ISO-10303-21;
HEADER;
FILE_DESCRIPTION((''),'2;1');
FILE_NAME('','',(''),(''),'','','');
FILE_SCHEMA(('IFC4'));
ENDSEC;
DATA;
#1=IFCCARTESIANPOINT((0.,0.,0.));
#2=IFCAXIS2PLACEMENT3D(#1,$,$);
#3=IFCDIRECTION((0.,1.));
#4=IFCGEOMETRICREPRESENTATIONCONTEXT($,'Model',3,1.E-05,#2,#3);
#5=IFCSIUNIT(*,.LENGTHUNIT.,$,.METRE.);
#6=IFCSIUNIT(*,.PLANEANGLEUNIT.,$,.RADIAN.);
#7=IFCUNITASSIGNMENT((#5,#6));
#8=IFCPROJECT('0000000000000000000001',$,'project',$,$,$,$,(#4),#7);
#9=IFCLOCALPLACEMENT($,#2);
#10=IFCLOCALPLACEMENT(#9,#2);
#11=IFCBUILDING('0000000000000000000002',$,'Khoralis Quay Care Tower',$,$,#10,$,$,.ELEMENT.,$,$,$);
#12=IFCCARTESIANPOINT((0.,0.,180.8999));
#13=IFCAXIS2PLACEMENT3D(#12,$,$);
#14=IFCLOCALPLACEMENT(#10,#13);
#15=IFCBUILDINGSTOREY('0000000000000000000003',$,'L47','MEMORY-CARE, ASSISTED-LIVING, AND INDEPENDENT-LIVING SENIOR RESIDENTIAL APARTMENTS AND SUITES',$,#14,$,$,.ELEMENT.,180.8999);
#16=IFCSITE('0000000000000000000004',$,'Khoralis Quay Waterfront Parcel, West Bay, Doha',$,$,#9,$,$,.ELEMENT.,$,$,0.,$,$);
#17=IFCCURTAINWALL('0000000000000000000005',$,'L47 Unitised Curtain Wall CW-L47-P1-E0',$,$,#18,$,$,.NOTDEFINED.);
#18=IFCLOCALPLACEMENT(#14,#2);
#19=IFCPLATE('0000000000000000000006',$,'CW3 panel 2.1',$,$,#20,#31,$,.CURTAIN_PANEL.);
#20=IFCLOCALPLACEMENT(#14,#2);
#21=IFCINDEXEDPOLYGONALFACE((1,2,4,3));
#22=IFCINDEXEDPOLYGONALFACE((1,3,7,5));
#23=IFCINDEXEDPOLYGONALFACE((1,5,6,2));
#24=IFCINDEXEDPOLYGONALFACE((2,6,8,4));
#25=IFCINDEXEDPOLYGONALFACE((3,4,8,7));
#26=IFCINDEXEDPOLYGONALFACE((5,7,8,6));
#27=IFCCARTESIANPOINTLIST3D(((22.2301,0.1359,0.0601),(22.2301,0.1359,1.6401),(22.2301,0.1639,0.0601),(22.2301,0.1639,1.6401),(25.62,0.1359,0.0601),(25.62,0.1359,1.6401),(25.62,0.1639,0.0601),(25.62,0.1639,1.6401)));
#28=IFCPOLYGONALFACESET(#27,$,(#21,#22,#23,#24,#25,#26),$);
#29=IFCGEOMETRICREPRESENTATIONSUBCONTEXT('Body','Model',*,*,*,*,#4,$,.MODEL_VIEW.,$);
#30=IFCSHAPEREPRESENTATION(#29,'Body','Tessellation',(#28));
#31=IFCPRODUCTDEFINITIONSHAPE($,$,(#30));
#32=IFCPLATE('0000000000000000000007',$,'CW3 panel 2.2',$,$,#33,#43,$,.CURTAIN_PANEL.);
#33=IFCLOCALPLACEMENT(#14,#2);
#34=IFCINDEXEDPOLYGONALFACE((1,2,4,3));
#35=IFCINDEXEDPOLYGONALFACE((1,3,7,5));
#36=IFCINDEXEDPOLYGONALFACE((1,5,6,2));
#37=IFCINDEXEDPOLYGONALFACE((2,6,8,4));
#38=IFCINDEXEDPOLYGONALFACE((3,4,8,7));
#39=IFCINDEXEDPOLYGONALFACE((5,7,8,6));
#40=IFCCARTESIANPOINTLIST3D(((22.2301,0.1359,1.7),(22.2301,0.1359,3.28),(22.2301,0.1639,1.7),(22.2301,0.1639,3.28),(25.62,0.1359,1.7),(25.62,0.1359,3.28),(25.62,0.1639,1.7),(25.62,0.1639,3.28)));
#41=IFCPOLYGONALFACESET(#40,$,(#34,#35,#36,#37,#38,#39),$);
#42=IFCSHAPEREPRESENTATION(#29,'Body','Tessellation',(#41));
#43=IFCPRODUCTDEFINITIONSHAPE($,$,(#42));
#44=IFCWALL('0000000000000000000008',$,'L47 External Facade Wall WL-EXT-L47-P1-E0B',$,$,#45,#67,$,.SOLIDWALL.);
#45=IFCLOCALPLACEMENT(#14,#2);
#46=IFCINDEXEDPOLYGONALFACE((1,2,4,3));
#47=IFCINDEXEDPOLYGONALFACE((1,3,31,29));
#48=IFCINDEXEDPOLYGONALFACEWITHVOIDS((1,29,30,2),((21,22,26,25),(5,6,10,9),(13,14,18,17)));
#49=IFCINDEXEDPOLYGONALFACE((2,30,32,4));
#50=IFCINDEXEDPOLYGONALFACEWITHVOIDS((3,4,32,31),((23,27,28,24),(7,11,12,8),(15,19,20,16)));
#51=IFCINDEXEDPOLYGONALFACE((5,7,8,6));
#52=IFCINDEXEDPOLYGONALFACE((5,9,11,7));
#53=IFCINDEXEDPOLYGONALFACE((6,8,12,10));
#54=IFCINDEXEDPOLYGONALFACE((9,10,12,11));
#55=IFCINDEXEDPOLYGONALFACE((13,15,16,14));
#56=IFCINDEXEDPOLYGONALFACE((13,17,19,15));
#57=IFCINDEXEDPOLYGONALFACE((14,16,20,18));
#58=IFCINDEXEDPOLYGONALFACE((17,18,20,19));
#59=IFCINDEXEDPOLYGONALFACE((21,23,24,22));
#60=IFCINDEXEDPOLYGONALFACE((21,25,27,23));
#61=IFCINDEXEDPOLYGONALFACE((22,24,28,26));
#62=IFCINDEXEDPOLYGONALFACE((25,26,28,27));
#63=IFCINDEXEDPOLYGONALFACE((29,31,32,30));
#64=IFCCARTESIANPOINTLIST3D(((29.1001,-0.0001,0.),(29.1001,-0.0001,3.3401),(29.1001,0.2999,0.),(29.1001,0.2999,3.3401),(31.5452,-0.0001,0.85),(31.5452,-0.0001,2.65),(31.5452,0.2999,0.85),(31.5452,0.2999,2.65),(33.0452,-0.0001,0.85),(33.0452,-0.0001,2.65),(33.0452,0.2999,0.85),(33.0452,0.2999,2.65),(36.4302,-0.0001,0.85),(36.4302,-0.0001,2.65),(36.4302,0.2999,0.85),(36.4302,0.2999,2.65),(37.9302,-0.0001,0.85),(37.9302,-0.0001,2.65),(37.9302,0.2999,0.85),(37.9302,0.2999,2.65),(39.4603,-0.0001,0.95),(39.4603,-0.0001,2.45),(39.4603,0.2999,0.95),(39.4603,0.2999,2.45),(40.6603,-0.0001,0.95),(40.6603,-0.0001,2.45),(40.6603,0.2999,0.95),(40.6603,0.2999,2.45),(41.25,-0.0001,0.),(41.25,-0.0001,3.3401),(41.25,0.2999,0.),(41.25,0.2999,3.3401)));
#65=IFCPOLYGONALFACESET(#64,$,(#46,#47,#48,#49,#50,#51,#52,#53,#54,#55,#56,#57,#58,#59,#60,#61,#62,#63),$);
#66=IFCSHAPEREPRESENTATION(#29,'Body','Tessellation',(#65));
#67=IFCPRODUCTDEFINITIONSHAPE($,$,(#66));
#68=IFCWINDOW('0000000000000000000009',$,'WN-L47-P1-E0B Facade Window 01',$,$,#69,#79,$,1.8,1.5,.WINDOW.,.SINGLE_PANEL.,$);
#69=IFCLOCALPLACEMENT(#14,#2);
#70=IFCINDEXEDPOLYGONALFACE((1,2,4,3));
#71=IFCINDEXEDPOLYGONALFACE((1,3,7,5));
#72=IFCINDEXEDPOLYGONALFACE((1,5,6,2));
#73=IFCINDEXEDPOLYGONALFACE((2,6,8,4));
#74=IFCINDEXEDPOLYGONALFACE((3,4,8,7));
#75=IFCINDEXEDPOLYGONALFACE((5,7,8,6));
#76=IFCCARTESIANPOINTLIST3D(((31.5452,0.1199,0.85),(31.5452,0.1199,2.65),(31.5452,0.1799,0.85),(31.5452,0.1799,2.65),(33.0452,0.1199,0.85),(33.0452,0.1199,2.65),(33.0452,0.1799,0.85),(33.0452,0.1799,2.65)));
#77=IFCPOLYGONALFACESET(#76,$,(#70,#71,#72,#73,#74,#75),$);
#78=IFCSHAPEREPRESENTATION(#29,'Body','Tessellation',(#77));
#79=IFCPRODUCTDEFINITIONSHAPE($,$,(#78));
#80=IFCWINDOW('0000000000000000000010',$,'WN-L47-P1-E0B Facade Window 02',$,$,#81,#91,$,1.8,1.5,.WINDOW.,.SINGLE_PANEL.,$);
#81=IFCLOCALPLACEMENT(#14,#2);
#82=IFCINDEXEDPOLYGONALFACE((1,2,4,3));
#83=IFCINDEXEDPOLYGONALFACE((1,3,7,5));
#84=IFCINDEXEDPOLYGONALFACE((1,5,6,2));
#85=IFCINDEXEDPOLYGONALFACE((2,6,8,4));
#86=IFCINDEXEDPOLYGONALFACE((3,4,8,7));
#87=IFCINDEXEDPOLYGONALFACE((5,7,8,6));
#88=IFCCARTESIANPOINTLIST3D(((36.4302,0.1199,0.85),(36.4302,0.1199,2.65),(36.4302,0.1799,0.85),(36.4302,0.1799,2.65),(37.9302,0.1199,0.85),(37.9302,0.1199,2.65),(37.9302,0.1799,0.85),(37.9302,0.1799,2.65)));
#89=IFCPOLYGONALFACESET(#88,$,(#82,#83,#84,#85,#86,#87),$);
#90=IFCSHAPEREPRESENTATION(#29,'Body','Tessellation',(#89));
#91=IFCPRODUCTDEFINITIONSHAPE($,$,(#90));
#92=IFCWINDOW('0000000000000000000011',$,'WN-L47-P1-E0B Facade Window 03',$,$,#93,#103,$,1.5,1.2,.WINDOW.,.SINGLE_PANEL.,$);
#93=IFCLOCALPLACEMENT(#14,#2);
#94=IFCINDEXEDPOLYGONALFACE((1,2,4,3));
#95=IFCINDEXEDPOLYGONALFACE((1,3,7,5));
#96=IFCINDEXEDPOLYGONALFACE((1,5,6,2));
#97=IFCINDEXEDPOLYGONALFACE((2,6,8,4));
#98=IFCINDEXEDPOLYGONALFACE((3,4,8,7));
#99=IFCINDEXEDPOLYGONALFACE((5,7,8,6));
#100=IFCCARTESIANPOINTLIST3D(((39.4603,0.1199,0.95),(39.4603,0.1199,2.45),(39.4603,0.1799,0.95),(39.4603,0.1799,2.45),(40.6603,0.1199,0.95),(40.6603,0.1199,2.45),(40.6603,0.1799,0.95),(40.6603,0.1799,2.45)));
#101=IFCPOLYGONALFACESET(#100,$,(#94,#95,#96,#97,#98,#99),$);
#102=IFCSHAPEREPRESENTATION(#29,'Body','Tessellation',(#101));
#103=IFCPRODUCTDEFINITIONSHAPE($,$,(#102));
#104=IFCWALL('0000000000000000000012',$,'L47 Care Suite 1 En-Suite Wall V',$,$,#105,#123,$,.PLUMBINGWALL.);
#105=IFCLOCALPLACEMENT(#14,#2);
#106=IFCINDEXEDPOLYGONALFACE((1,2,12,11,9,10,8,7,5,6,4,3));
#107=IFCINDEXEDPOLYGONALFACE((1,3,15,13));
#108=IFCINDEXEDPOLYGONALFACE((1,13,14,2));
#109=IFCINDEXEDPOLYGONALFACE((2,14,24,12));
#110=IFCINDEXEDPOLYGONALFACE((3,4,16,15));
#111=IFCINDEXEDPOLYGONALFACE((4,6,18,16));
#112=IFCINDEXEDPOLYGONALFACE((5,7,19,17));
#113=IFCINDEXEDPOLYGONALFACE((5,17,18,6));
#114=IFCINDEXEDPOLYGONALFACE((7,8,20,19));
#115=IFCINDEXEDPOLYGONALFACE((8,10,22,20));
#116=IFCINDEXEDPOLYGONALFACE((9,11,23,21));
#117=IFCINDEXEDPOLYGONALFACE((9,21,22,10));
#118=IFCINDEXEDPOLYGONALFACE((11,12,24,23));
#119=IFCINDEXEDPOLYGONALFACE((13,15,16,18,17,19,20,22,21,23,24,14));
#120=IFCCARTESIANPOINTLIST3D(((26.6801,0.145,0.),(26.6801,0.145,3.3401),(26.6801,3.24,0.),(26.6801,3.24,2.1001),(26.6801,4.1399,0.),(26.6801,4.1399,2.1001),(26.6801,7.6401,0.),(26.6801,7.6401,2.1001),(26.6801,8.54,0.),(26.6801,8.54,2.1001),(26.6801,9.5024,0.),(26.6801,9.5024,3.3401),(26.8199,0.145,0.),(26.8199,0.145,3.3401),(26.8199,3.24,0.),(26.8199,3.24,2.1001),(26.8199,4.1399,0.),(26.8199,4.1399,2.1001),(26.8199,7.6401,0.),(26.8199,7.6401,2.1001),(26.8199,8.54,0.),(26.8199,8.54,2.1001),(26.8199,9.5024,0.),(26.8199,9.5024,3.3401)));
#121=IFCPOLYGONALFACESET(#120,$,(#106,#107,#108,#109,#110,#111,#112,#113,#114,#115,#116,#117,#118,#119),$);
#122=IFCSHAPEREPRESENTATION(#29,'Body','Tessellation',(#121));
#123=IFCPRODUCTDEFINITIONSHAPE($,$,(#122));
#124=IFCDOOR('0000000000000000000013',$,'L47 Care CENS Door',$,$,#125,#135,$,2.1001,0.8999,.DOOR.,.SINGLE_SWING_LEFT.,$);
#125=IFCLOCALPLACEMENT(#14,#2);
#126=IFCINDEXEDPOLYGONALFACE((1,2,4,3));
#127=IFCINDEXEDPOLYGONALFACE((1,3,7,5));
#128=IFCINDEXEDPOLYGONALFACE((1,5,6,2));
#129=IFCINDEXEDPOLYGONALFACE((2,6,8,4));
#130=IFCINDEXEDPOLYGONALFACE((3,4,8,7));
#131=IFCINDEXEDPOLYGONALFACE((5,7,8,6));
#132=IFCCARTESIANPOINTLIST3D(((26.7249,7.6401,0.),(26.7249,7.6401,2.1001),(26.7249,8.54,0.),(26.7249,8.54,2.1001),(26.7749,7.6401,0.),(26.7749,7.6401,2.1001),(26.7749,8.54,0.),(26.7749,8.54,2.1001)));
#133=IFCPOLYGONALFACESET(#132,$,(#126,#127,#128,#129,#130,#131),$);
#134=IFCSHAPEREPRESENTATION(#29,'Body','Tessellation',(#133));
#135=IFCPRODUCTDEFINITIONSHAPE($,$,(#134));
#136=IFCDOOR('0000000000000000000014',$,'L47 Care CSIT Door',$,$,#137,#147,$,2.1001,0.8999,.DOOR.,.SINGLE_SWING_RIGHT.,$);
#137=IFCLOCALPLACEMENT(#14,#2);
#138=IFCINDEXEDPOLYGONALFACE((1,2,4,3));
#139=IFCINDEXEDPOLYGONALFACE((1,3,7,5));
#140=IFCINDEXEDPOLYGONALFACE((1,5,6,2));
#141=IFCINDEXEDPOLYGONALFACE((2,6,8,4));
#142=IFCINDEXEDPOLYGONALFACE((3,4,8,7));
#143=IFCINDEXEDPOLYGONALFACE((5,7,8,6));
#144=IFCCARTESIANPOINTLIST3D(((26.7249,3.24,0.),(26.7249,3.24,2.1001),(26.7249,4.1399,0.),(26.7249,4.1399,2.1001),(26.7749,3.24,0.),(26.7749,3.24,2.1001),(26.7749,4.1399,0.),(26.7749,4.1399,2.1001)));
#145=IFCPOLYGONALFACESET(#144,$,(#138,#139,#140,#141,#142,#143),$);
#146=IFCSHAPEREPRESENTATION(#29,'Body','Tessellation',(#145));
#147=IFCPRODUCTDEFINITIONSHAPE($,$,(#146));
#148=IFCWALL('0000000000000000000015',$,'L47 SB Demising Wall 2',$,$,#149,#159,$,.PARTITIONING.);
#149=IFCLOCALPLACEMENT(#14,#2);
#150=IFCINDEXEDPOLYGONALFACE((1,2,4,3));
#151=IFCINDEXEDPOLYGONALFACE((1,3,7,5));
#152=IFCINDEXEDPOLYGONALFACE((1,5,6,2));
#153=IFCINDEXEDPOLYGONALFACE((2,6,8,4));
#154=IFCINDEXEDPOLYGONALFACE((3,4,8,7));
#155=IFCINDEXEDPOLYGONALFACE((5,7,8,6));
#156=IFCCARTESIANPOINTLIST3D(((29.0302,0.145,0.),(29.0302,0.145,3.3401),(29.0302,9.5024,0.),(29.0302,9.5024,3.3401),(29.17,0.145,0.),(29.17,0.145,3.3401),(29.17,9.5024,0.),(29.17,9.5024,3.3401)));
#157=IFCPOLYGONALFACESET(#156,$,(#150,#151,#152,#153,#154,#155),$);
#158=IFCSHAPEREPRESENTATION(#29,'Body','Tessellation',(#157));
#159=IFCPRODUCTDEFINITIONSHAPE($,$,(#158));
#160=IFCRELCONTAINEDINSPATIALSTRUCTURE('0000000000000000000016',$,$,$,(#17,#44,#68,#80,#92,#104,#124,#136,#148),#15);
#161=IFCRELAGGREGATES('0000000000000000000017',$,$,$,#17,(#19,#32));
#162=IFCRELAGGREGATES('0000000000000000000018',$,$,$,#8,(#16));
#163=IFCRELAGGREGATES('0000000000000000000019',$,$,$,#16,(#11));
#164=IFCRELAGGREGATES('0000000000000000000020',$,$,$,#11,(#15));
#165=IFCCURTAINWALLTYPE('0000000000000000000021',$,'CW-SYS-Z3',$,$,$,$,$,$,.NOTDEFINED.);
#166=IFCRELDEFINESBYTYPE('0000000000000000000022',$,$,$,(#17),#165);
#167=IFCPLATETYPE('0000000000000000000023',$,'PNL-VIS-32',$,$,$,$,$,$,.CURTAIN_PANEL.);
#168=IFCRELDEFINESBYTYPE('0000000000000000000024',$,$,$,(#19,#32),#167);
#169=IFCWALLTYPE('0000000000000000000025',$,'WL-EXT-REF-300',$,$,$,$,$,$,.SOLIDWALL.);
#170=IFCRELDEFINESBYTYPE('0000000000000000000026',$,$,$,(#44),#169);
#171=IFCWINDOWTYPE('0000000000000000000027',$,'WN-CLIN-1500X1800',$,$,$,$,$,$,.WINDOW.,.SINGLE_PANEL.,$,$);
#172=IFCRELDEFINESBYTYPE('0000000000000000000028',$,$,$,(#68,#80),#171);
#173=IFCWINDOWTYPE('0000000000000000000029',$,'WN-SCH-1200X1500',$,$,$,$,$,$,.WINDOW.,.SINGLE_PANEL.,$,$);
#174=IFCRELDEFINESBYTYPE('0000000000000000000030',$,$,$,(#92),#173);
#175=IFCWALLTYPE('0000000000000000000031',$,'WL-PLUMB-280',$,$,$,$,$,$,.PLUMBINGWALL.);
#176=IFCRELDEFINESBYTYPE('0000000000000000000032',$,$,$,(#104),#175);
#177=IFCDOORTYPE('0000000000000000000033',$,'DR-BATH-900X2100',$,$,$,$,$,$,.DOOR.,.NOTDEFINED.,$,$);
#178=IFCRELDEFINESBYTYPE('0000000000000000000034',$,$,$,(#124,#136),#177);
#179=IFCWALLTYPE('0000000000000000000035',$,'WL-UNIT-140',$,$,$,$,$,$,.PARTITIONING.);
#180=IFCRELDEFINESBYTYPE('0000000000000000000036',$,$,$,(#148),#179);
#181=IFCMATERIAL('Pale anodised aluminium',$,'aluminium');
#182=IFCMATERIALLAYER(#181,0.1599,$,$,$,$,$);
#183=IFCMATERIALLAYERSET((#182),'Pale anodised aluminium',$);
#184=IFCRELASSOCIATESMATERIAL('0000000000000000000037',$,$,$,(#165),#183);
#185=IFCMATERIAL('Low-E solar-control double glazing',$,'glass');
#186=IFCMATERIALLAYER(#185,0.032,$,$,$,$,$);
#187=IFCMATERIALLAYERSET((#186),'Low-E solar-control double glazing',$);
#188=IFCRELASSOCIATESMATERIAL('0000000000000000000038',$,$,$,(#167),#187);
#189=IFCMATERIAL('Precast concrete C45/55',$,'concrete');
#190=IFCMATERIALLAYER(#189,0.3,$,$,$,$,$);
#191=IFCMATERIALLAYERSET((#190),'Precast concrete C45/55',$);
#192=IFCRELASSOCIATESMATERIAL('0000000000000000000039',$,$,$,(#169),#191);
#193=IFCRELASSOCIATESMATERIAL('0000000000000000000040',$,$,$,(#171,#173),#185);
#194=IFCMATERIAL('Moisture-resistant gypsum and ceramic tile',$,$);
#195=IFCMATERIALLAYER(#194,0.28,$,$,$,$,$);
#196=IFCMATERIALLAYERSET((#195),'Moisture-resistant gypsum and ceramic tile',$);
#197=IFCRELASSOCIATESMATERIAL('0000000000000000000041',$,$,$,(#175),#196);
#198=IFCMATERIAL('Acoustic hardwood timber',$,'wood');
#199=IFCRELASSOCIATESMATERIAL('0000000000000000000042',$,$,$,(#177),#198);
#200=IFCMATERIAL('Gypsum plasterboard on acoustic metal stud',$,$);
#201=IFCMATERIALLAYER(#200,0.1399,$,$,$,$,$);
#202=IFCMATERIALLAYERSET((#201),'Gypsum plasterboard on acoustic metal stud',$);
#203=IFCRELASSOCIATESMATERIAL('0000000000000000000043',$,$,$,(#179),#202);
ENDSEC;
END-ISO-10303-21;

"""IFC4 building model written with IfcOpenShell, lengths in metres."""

from ifc_helpers import new_model, si_unit, direction, frame, frame_2d, origin, origin_2d, place, context, subcontext, project, spatial, rectangle, extrude, source, transform, mapped, material, layer, layer_set, type_object, element, fill, aggregate, save


model = new_model("IFC4")

# Units and contexts
model_context = context("Model", 3, precision=1e-05, world=origin(), true_north=direction((0.0, 1.0)))
body_context = subcontext(model_context, "Body", "Model", "MODEL_VIEW")
ifc_project = project(units=[si_unit("LENGTHUNIT", "METRE"), si_unit("PLANEANGLEUNIT", "RADIAN")], contexts=[model_context])

# Site, building, storey
site_placement = place(None, origin())
site = spatial("IfcSite", under=ifc_project, at=site_placement, Name="Khoralis Quay Waterfront Parcel, West Bay, Doha", CompositionType="ELEMENT", RefElevation=0.0)
building_placement = place(site_placement, origin())
building = spatial("IfcBuilding", under=site, at=building_placement, Name="Khoralis Quay Care Tower", CompositionType="ELEMENT")
storey_placement = place(building_placement, frame((0.0, 0.0, 180.8999)))
storey = spatial("IfcBuildingStorey", under=building, at=storey_placement, Name="L47", Description="MEMORY-CARE, ASSISTED-LIVING, AND INDEPENDENT-LIVING SENIOR RESIDENTIAL APARTMENTS AND SUITES", CompositionType="ELEMENT", Elevation=180.8999)

# Curtain wall, plates
ifc_material_1 = material(Name="Pale anodised aluminium", Category="aluminium")
ifc_layer_1 = layer(ifc_material_1, 0.1599)
ifc_layer_set_1 = layer_set([ifc_layer_1], Name="Pale anodised aluminium")
curtain_wall_type = type_object("IfcCurtainWallType", Name="CW-SYS-Z3", PredefinedType="NOTDEFINED", material=ifc_layer_set_1)
curtain_wall_placement = place(storey_placement, origin())
curtain_wall = element("IfcCurtainWall", 1, at=curtain_wall_placement, inside=storey, type_object=curtain_wall_type, Name="L47 Unitised Curtain Wall CW-L47-P1-E0", PredefinedType="NOTDEFINED")
ifc_material_2 = material(Name="Low-E solar-control double glazing", Category="glass")
ifc_layer_2 = layer(ifc_material_2, 0.032)
ifc_layer_set_2 = layer_set([ifc_layer_2], Name="Low-E solar-control double glazing")
plate_type = type_object("IfcPlateType", Name="PNL-VIS-32", PredefinedType="CURTAIN_PANEL", material=ifc_layer_set_2)
shared_shape_1 = source(origin(), body_context, "Body", "SweptSolid", [
    extrude(rectangle(XDim=3.3899, YDim=0.0281, at=origin_2d()), origin(), (0.0, 0.0, 1.0), 1.5801),
])
plate_1_placement = place(storey_placement, frame((23.925, 0.1499, 0.0601), z_axis=(0.0, 0.0, 1.0), x_axis=(1.0, 0.0, 0.0)))
plate_1 = element("IfcPlate", 2, at=plate_1_placement, type_object=plate_type, Name="CW3 panel 2.1", PredefinedType="CURTAIN_PANEL", context=body_context, shape_type="MappedRepresentation", body=[
    mapped(shared_shape_1, transform((0.0, 0.0, 0.0), scale=1.0)),
])
plate_2_placement = place(storey_placement, frame((23.925, 0.1499, 1.7), z_axis=(0.0, 0.0, 1.0), x_axis=(1.0, 0.0, 0.0)))
plate_2 = element("IfcPlate", 3, at=plate_2_placement, type_object=plate_type, Name="CW3 panel 2.2", PredefinedType="CURTAIN_PANEL", context=body_context, shape_type="MappedRepresentation", body=[
    mapped(shared_shape_1, transform((0.0, 0.0, 0.0), scale=1.0)),
])
aggregate(curtain_wall, [plate_1, plate_2])

# Wall, openings, windows
ifc_material_3 = material(Name="Precast concrete C45/55", Category="concrete")
ifc_layer_3 = layer(ifc_material_3, 0.3)
ifc_layer_set_3 = layer_set([ifc_layer_3], Name="Precast concrete C45/55")
wall_type_1 = type_object("IfcWallType", Name="WL-EXT-REF-300", PredefinedType="SOLIDWALL", material=ifc_layer_set_3)
wall_1_placement = place(storey_placement, frame((29.1001, 0.1499, 0.0), z_axis=(0.0, 0.0, 1.0), x_axis=(1.0, 0.0, 0.0)))
wall_1 = element("IfcWall", 4, at=wall_1_placement, inside=storey, type_object=wall_type_1, Name="L47 External Facade Wall WL-EXT-L47-P1-E0B", PredefinedType="SOLIDWALL", context=body_context, shape_type="SweptSolid", body=[
    extrude(rectangle(XDim=12.1499, YDim=0.3, at=frame_2d((6.075, 0.0))), origin(), (0.0, 0.0, 1.0), 3.3401),
])
opening_1_placement = place(wall_1_placement, frame((2.4451, 0.0, 0.8501)))
opening_1 = element("IfcOpeningElement", 5, at=opening_1_placement, cuts=wall_1, PredefinedType="OPENING", context=body_context, shape_type="SweptSolid", body=[
    extrude(rectangle(XDim=1.5, YDim=1.8, at=frame_2d((0.75, 0.8999))), frame((0.0, 0.1602, 0.0), z_axis=(0.0, -1.0, 0.0), x_axis=(1.0, 0.0, 0.0)), (0.0, 0.0, 1.0), 0.3201),
])
opening_2_placement = place(wall_1_placement, frame((7.3301, 0.0, 0.8501)))
opening_2 = element("IfcOpeningElement", 6, at=opening_2_placement, cuts=wall_1, PredefinedType="OPENING", context=body_context, shape_type="SweptSolid", body=[
    extrude(rectangle(XDim=1.5, YDim=1.8, at=frame_2d((0.75, 0.8999))), frame((0.0, 0.1602, 0.0), z_axis=(0.0, -1.0, 0.0), x_axis=(1.0, 0.0, 0.0)), (0.0, 0.0, 1.0), 0.3201),
])
opening_3_placement = place(wall_1_placement, frame((10.3601, 0.0, 0.95)))
opening_3 = element("IfcOpeningElement", 7, at=opening_3_placement, cuts=wall_1, PredefinedType="OPENING", context=body_context, shape_type="SweptSolid", body=[
    extrude(rectangle(XDim=1.2, YDim=1.5, at=frame_2d((0.6001, 0.75))), frame((0.0, 0.1602, 0.0), z_axis=(0.0, -1.0, 0.0), x_axis=(1.0, 0.0, 0.0)), (0.0, 0.0, 1.0), 0.3201),
])
window_type_1 = type_object("IfcWindowType", Name="WN-CLIN-1500X1800", PartitioningType="SINGLE_PANEL", PredefinedType="WINDOW", material=ifc_material_2)
shared_shape_2 = source(origin(), body_context, "Body", "SweptSolid", [
    extrude(rectangle(XDim=1.5, YDim=1.8, at=frame_2d((0.75, 0.8999))), frame((0.0, 0.03, 0.0), z_axis=(0.0, -1.0, 0.0), x_axis=(1.0, 0.0, 0.0)), (0.0, 0.0, 1.0), 0.0601),
])
window_1_placement = place(opening_1_placement, origin())
window_1 = element("IfcWindow", 8, at=window_1_placement, inside=storey, type_object=window_type_1, Name="WN-L47-P1-E0B Facade Window 01", OverallHeight=1.8, OverallWidth=1.5, PartitioningType="SINGLE_PANEL", PredefinedType="WINDOW", context=body_context, shape_type="MappedRepresentation", body=[
    mapped(shared_shape_2, transform((0.0, 0.0, 0.0), scale=1.0)),
])
fill(opening_1, window_1)
window_2_placement = place(opening_2_placement, origin())
window_2 = element("IfcWindow", 9, at=window_2_placement, inside=storey, type_object=window_type_1, Name="WN-L47-P1-E0B Facade Window 02", OverallHeight=1.8, OverallWidth=1.5, PartitioningType="SINGLE_PANEL", PredefinedType="WINDOW", context=body_context, shape_type="MappedRepresentation", body=[
    mapped(shared_shape_2, transform((0.0, 0.0, 0.0), scale=1.0)),
])
fill(opening_2, window_2)
window_type_2 = type_object("IfcWindowType", Name="WN-SCH-1200X1500", PartitioningType="SINGLE_PANEL", PredefinedType="WINDOW", material=ifc_material_2)
shared_shape_3 = source(origin(), body_context, "Body", "SweptSolid", [
    extrude(rectangle(XDim=1.2, YDim=1.5, at=frame_2d((0.6001, 0.75))), frame((0.0, 0.03, 0.0), z_axis=(0.0, -1.0, 0.0), x_axis=(1.0, 0.0, 0.0)), (0.0, 0.0, 1.0), 0.0601),
])
window_3_placement = place(opening_3_placement, origin())
window_3 = element("IfcWindow", 10, at=window_3_placement, inside=storey, type_object=window_type_2, Name="WN-L47-P1-E0B Facade Window 03", OverallHeight=1.5, OverallWidth=1.2, PartitioningType="SINGLE_PANEL", PredefinedType="WINDOW", context=body_context, shape_type="MappedRepresentation", body=[
    mapped(shared_shape_3, transform((0.0, 0.0, 0.0), scale=1.0)),
])
fill(opening_3, window_3)

# Wall, openings, doors
ifc_material_4 = material(Name="Moisture-resistant gypsum and ceramic tile")
ifc_layer_4 = layer(ifc_material_4, 0.28)
ifc_layer_set_4 = layer_set([ifc_layer_4], Name="Moisture-resistant gypsum and ceramic tile")
wall_type_2 = type_object("IfcWallType", Name="WL-PLUMB-280", PredefinedType="PLUMBINGWALL", material=ifc_layer_set_4)
wall_2_placement = place(storey_placement, frame((26.75, 0.145, 0.0), z_axis=(0.0, 0.0, 1.0), x_axis=(0.0, 1.0, 0.0)))
wall_2 = element("IfcWall", 11, at=wall_2_placement, inside=storey, type_object=wall_type_2, Name="L47 Care Suite 1 En-Suite Wall V", PredefinedType="PLUMBINGWALL", context=body_context, shape_type="SweptSolid", body=[
    extrude(rectangle(XDim=9.3574, YDim=0.1399, at=frame_2d((4.6787, 0.0))), origin(), (0.0, 0.0, 1.0), 3.3401),
])
opening_4_placement = place(wall_2_placement, frame((7.4951, 0.0, 0.0)))
opening_4 = element("IfcOpeningElement", 12, at=opening_4_placement, cuts=wall_2, PredefinedType="OPENING", context=body_context, shape_type="SweptSolid", body=[
    extrude(rectangle(XDim=0.8999, YDim=2.1001, at=frame_2d((0.45, 1.05))), frame((0.0, 0.0801, 0.0), z_axis=(0.0, -1.0, 0.0), x_axis=(1.0, 0.0, 0.0)), (0.0, 0.0, 1.0), 0.1599),
])
opening_5_placement = place(wall_2_placement, frame((3.095, 0.0, 0.0)))
opening_5 = element("IfcOpeningElement", 13, at=opening_5_placement, cuts=wall_2, PredefinedType="OPENING", context=body_context, shape_type="SweptSolid", body=[
    extrude(rectangle(XDim=0.8999, YDim=2.1001, at=frame_2d((0.45, 1.05))), frame((0.0, 0.0801, 0.0), z_axis=(0.0, -1.0, 0.0), x_axis=(1.0, 0.0, 0.0)), (0.0, 0.0, 1.0), 0.1599),
])
ifc_material_5 = material(Name="Acoustic hardwood timber", Category="wood")
door_type = type_object("IfcDoorType", Name="DR-BATH-900X2100", OperationType="NOTDEFINED", PredefinedType="DOOR", material=ifc_material_5)
shared_shape_4 = source(origin(), body_context, "Body", "SweptSolid", [
    extrude(rectangle(XDim=0.8999, YDim=2.1001, at=frame_2d((0.45, 1.05))), frame((0.0, 0.0249, 0.0), z_axis=(0.0, -1.0, 0.0), x_axis=(1.0, 0.0, 0.0)), (0.0, 0.0, 1.0), 0.05),
])
door_1_placement = place(opening_4_placement, frame((0.8999, 0.0, 0.0), z_axis=(0.0, 0.0, 1.0), x_axis=(-1.0, 0.0, 0.0)))
door_1 = element("IfcDoor", 14, at=door_1_placement, inside=storey, type_object=door_type, Name="L47 Care CENS Door", OperationType="SINGLE_SWING_LEFT", OverallHeight=2.1001, OverallWidth=0.8999, PredefinedType="DOOR", context=body_context, shape_type="MappedRepresentation", body=[
    mapped(shared_shape_4, transform((0.0, 0.0, 0.0), scale=1.0)),
])
fill(opening_4, door_1)
door_2_placement = place(opening_5_placement, frame((0.8999, 0.0, 0.0), z_axis=(0.0, 0.0, 1.0), x_axis=(-1.0, 0.0, 0.0)))
door_2 = element("IfcDoor", 15, at=door_2_placement, inside=storey, type_object=door_type, Name="L47 Care CSIT Door", OperationType="SINGLE_SWING_RIGHT", OverallHeight=2.1001, OverallWidth=0.8999, PredefinedType="DOOR", context=body_context, shape_type="MappedRepresentation", body=[
    mapped(shared_shape_4, transform((0.0, 0.0, 0.0), scale=1.0)),
])
fill(opening_5, door_2)

# Wall
ifc_material_6 = material(Name="Gypsum plasterboard on acoustic metal stud")
ifc_layer_5 = layer(ifc_material_6, 0.1399)
ifc_layer_set_5 = layer_set([ifc_layer_5], Name="Gypsum plasterboard on acoustic metal stud")
wall_type_3 = type_object("IfcWallType", Name="WL-UNIT-140", PredefinedType="PARTITIONING", material=ifc_layer_set_5)
wall_3_placement = place(storey_placement, frame((29.1001, 0.145, 0.0), z_axis=(0.0, 0.0, 1.0), x_axis=(0.0, 1.0, 0.0)))
element("IfcWall", 16, at=wall_3_placement, inside=storey, type_object=wall_type_3, Name="L47 SB Demising Wall 2", PredefinedType="PARTITIONING", context=body_context, shape_type="SweptSolid", body=[
    extrude(rectangle(XDim=9.3574, YDim=0.1399, at=frame_2d((4.6787, 0.0))), origin(), (0.0, 0.0, 1.0), 3.3401),
])

save(model, "model.ifc")
